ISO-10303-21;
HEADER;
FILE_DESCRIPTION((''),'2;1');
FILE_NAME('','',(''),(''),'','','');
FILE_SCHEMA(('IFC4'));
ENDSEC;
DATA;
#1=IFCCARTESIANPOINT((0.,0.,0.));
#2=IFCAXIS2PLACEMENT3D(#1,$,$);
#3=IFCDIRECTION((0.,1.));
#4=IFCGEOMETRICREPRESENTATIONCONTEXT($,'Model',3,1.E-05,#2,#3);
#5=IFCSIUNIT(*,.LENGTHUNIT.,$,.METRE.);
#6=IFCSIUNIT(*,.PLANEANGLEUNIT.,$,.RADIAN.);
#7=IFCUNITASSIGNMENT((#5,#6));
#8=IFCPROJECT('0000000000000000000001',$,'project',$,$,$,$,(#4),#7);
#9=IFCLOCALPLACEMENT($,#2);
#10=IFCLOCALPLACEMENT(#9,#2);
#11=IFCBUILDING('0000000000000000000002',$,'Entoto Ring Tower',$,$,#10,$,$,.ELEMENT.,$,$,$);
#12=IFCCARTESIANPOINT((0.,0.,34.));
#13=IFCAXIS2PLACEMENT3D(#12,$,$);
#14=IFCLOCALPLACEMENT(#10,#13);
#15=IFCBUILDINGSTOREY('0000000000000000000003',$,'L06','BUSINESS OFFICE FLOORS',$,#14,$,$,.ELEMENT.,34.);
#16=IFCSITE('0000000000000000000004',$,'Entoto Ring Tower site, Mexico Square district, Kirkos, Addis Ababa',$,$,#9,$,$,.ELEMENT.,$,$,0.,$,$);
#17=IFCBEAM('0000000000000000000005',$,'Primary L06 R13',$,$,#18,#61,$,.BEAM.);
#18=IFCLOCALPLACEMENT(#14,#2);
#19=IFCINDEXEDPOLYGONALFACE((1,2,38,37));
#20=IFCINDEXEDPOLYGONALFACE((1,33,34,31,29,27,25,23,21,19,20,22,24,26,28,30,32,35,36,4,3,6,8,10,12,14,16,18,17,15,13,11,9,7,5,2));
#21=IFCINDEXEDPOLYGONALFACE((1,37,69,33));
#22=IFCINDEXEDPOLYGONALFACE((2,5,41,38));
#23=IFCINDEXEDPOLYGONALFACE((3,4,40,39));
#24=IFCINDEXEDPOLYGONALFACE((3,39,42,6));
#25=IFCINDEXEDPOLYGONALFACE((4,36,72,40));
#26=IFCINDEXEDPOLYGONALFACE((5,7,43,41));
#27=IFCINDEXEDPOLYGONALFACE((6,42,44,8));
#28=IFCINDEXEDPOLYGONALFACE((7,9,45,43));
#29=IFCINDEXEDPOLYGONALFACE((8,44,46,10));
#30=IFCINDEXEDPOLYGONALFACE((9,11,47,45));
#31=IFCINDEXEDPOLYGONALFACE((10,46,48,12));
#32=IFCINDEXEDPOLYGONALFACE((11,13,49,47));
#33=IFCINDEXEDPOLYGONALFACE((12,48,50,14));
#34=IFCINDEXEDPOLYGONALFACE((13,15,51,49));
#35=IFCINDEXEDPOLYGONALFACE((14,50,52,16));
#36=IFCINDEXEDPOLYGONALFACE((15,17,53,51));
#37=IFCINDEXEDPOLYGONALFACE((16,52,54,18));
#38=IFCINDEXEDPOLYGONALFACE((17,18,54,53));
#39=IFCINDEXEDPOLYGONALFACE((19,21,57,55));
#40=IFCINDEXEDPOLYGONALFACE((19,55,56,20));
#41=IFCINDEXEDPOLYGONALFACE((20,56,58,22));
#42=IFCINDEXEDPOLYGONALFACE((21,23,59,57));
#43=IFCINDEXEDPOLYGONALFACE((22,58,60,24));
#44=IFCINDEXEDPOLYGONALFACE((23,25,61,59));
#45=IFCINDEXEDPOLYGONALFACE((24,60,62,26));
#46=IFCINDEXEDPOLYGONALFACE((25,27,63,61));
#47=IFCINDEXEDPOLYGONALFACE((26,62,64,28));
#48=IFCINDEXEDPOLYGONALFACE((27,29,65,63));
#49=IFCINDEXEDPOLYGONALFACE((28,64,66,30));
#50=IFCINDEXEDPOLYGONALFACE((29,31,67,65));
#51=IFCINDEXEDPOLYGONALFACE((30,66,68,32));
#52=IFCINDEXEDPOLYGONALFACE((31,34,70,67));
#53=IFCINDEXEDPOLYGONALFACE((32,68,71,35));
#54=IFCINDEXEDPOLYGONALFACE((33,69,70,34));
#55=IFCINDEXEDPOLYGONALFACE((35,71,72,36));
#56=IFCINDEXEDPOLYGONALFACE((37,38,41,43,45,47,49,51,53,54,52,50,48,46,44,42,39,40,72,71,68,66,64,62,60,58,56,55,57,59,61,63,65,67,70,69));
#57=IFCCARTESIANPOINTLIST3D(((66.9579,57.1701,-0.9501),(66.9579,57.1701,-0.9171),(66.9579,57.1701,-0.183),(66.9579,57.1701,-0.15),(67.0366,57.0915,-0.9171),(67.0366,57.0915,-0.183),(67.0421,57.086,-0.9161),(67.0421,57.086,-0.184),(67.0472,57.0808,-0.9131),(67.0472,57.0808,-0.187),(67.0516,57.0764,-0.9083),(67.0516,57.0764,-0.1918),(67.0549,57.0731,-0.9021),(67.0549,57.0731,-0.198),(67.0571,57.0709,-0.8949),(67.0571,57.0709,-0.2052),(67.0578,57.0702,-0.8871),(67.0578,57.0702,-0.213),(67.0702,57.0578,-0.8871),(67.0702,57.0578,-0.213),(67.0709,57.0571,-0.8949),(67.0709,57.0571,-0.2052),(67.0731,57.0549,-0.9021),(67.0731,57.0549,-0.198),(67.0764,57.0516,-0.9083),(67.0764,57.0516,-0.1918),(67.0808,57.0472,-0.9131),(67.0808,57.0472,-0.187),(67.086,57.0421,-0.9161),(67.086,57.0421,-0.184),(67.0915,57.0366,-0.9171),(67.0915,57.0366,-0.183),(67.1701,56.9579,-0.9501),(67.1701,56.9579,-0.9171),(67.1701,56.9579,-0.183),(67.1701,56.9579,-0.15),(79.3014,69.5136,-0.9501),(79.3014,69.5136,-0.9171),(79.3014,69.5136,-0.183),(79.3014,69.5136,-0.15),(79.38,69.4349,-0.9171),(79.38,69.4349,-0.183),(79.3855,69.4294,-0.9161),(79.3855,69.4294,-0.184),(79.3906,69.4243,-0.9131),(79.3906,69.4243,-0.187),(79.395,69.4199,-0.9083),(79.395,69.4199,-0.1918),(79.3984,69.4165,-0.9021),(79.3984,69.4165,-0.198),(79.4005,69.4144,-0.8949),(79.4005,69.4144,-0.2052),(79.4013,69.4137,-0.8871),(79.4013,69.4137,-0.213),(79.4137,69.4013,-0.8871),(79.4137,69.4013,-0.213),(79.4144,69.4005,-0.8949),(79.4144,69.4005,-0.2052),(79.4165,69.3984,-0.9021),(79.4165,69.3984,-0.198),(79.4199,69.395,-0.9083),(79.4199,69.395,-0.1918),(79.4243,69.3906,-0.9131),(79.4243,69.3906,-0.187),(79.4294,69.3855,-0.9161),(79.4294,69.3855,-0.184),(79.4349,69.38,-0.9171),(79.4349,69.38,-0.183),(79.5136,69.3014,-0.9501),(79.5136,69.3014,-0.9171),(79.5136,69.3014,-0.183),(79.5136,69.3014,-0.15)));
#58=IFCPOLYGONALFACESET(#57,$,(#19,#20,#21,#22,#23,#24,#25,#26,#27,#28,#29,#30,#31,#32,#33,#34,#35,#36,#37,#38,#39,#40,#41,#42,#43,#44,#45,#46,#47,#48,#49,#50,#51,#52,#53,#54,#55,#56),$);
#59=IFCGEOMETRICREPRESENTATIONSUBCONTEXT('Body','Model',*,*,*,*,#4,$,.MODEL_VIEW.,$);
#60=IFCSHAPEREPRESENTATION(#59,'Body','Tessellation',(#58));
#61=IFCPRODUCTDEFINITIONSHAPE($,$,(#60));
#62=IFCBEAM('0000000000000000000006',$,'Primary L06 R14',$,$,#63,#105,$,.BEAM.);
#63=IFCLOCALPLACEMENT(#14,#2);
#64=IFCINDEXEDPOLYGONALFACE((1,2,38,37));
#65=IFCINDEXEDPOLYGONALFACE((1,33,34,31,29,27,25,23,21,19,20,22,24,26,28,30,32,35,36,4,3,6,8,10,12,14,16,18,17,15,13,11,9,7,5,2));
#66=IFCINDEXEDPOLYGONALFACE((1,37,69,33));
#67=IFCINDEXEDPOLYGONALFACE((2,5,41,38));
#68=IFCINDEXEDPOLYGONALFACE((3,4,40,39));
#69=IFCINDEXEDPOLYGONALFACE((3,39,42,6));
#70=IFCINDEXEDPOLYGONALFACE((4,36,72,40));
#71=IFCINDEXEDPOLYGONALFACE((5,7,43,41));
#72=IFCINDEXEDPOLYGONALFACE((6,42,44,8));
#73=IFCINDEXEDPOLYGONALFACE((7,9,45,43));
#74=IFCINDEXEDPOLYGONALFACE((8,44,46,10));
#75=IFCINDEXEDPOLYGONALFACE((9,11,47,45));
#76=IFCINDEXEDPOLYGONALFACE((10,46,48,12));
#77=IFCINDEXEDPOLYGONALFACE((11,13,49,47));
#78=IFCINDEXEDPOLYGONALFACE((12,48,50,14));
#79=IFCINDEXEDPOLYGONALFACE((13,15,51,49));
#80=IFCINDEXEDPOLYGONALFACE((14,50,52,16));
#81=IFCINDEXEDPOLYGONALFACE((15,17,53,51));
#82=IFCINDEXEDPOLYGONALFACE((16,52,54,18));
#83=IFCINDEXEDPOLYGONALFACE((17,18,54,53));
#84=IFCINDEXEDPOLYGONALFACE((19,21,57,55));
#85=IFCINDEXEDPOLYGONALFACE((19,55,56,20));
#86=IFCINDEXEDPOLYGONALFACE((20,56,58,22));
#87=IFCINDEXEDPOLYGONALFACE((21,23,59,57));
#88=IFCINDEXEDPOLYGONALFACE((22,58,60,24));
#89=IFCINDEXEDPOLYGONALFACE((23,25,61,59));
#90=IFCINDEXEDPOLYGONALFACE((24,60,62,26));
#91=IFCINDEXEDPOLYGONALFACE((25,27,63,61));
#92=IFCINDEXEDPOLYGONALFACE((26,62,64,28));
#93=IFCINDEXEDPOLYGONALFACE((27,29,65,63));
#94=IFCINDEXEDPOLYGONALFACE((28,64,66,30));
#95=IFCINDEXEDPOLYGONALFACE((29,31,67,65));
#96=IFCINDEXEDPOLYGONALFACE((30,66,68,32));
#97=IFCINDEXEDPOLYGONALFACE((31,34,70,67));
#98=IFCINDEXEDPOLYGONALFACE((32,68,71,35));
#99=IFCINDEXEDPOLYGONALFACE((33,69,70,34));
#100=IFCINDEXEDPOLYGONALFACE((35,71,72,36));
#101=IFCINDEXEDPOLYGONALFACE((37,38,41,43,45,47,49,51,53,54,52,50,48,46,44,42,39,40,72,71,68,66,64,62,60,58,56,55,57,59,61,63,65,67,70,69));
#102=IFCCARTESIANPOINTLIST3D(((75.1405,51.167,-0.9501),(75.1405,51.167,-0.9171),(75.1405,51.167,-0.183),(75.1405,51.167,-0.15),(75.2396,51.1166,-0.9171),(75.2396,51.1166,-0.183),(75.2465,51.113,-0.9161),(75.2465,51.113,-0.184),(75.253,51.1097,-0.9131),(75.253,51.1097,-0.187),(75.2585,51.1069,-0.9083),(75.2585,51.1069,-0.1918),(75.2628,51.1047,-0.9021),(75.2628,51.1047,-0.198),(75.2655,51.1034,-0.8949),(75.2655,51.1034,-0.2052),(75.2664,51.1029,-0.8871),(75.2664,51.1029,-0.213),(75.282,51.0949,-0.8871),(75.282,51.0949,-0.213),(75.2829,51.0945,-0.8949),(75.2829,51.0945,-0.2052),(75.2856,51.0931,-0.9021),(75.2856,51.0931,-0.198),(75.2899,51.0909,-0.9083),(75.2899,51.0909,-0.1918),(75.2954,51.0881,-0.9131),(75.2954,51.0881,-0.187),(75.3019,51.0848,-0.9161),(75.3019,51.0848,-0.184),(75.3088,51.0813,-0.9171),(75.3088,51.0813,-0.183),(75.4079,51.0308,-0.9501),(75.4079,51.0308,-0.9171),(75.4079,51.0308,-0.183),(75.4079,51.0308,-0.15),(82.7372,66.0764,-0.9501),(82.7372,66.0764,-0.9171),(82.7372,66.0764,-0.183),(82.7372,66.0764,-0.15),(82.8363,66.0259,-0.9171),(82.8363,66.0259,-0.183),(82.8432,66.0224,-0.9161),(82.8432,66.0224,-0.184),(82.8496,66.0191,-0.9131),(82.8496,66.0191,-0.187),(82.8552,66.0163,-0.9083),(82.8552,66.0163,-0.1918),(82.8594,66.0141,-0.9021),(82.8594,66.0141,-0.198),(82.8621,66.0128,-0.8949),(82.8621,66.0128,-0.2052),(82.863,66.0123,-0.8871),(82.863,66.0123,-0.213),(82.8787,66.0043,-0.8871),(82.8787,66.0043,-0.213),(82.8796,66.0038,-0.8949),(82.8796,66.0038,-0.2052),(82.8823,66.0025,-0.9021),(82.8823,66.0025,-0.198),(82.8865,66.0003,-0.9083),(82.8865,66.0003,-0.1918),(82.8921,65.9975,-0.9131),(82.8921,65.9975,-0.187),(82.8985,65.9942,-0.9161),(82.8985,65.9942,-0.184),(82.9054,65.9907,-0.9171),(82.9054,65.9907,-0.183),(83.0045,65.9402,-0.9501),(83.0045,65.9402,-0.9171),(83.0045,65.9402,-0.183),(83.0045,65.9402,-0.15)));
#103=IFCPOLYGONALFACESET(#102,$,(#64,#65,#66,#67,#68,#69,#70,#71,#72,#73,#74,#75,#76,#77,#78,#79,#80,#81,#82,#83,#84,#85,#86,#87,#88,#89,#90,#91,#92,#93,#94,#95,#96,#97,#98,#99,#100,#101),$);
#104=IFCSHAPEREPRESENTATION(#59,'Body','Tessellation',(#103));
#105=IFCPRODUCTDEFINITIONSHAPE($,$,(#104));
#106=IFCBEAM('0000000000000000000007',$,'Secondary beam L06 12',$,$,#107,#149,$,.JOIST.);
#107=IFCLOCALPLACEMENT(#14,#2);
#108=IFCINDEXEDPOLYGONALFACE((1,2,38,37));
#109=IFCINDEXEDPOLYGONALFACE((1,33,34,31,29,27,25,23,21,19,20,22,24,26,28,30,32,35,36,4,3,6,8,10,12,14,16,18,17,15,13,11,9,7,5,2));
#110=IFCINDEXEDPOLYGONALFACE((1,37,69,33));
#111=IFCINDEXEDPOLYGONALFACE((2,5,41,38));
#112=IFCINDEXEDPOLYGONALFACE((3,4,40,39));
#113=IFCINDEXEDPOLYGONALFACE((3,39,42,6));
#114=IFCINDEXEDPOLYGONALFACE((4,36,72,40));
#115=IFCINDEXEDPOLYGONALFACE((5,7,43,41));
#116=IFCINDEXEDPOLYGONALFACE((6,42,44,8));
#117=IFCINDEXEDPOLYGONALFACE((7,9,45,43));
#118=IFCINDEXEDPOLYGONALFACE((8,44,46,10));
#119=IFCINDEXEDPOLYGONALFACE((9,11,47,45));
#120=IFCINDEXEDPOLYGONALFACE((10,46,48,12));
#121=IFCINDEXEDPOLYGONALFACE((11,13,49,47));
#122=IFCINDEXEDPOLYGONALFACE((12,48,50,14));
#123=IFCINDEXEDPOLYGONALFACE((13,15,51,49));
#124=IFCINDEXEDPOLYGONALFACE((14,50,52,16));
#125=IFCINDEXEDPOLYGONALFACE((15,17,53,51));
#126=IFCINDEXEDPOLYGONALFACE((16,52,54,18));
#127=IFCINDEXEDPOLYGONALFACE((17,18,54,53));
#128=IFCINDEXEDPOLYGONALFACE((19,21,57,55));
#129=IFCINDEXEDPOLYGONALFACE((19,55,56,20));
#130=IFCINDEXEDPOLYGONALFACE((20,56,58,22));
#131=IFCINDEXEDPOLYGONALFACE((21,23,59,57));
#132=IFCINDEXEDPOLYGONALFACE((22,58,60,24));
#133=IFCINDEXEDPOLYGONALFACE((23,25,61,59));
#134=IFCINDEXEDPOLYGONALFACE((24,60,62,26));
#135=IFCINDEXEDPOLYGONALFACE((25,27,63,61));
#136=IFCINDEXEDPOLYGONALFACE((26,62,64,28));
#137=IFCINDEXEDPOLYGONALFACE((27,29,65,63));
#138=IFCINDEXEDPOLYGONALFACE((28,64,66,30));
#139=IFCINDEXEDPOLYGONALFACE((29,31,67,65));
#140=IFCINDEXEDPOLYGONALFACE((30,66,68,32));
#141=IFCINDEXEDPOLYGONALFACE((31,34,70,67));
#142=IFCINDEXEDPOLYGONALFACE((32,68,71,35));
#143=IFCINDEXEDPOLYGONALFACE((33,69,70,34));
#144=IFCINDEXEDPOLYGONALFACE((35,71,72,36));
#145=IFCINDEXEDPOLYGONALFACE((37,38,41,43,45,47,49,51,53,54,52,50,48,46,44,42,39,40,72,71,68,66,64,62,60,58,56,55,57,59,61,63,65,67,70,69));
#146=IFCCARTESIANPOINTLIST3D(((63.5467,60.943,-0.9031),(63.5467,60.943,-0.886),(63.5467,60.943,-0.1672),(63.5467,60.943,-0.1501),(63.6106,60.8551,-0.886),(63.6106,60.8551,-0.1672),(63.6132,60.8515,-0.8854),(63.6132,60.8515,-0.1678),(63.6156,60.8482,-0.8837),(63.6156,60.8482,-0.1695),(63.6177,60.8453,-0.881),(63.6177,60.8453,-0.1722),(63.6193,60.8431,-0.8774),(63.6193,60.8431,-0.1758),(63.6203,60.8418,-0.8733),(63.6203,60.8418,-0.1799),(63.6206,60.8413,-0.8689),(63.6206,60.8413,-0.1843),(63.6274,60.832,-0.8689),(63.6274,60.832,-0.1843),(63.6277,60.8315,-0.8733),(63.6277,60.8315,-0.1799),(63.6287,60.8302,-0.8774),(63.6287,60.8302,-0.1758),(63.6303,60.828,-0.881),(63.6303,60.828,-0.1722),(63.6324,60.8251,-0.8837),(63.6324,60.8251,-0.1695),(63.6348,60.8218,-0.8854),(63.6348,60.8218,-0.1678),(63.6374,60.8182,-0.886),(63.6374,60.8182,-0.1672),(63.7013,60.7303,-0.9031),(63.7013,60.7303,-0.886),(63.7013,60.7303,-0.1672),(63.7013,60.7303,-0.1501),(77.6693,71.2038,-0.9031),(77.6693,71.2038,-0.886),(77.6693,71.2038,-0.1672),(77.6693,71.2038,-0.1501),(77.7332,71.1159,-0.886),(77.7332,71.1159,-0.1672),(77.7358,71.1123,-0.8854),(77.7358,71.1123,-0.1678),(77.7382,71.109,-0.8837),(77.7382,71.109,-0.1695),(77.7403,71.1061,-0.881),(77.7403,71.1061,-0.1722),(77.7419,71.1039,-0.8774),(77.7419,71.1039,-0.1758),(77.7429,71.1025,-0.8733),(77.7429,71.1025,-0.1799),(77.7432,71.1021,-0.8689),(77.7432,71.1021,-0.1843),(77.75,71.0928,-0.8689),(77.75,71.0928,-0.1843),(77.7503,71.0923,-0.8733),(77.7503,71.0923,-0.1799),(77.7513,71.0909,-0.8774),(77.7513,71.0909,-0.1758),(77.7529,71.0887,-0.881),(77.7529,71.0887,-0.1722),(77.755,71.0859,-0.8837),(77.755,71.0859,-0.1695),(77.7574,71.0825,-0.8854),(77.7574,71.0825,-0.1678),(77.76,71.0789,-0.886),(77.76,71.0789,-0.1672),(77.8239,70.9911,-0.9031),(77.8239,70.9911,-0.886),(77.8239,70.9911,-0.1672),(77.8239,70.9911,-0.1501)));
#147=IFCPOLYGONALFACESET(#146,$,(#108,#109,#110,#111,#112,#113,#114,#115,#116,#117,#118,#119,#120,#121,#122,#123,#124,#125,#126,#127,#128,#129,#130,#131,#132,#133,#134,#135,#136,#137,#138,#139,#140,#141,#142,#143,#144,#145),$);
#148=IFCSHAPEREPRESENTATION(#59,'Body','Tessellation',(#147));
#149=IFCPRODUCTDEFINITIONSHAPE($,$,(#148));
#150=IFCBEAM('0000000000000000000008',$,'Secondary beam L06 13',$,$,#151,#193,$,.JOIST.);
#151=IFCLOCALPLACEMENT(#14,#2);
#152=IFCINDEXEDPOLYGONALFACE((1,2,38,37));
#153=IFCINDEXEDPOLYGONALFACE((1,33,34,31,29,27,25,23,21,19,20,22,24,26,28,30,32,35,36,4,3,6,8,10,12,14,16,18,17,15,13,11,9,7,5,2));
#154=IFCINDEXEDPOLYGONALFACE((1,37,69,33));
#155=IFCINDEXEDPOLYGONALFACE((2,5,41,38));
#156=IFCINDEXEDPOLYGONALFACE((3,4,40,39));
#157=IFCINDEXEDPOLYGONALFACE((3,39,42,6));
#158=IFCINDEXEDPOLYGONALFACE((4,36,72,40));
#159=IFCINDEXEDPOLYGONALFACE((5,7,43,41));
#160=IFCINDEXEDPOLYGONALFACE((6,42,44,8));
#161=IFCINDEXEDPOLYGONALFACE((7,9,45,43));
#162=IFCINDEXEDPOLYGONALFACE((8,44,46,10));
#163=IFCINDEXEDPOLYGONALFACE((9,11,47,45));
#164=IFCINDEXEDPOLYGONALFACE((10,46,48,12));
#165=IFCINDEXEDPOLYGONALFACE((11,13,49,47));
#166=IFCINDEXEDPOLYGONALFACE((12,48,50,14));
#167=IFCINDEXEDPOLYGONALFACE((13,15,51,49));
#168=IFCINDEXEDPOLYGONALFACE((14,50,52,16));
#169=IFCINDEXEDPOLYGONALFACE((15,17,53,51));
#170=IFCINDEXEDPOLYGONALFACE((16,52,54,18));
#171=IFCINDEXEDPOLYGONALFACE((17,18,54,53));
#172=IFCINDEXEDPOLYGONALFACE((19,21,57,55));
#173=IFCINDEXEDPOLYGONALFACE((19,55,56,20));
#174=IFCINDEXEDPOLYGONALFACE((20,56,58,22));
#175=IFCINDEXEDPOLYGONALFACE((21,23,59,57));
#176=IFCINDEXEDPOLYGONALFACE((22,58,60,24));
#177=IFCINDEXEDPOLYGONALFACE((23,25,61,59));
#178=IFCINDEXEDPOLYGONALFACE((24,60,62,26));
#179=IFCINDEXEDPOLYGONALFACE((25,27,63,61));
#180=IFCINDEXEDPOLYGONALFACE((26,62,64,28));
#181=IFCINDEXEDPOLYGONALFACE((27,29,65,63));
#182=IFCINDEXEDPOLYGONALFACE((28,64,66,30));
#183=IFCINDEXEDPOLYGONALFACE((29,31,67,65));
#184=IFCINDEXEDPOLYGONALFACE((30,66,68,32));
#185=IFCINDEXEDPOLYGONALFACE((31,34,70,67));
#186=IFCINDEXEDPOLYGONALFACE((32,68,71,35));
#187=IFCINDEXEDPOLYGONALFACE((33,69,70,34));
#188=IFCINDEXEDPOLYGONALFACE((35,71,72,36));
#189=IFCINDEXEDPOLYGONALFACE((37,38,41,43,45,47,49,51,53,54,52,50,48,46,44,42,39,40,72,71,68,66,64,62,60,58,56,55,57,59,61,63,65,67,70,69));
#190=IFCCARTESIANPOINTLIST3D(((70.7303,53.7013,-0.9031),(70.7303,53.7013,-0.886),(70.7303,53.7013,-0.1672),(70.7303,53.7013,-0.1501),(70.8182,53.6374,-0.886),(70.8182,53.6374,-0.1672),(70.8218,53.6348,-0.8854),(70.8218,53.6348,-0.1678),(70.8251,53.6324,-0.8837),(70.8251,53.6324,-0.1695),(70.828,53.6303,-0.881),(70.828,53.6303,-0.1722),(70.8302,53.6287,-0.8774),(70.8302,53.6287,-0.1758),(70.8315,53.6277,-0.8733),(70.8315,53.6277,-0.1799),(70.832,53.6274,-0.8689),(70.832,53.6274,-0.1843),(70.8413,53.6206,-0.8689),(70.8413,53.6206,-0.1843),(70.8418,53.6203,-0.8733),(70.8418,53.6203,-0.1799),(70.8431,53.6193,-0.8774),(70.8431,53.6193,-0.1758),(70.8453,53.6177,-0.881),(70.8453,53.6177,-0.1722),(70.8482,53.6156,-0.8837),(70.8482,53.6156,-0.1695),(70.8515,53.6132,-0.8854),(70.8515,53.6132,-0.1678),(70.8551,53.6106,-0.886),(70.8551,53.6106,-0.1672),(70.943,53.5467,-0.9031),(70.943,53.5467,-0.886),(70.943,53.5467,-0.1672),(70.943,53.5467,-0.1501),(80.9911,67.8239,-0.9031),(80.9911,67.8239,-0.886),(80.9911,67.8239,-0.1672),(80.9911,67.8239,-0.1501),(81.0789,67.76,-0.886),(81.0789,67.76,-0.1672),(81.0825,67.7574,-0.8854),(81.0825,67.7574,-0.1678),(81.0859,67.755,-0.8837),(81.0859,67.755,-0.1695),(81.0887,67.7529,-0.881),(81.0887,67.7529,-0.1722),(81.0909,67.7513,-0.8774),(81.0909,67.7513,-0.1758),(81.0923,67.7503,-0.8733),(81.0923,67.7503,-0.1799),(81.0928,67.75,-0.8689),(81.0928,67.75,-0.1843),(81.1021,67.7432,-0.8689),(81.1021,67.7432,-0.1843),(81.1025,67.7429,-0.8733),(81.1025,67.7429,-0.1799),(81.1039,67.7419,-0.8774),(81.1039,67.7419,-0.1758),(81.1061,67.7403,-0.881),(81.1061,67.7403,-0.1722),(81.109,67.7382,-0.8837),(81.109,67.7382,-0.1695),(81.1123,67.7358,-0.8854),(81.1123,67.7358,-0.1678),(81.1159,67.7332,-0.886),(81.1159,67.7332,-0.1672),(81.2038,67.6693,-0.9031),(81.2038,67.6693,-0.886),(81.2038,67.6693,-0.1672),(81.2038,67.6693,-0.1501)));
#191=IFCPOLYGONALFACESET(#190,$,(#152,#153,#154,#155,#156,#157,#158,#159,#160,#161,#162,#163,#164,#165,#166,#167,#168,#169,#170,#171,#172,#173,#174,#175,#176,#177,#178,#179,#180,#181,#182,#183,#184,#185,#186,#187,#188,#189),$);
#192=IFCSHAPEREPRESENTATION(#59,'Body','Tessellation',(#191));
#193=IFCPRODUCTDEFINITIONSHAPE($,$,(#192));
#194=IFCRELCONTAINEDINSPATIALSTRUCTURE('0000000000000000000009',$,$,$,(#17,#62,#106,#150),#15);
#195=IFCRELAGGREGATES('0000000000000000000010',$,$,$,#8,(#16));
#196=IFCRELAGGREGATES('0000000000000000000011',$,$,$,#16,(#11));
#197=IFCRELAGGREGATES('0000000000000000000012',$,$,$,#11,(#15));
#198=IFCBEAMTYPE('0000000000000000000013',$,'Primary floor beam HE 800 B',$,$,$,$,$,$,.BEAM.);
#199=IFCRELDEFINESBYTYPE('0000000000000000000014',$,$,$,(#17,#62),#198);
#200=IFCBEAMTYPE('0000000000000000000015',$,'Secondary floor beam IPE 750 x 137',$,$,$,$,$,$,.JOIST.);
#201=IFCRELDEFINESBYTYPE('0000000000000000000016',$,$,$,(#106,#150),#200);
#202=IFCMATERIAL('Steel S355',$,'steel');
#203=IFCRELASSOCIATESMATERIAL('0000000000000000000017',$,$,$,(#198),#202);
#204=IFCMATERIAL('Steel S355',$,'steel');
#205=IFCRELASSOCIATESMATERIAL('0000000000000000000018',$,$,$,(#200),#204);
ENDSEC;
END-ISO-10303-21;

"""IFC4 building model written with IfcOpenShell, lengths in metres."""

from ifc_helpers import new_model, si_unit, direction, frame, origin, origin_2d, place, context, subcontext, project, spatial, i_section, extrude, material, material_profile, profile_set, type_object, element, save


model = new_model("IFC4")

# Units and contexts
model_context = context("Model", 3, precision=1e-05, world=origin(), true_north=direction((0.0, 1.0)))
body_context = subcontext(model_context, "Body", "Model", "MODEL_VIEW")
ifc_project = project(units=[si_unit("LENGTHUNIT", "METRE"), si_unit("PLANEANGLEUNIT", "RADIAN")], contexts=[model_context])

# Site, building, storey
site_placement = place(None, origin())
site = spatial("IfcSite", under=ifc_project, at=site_placement, Name="Entoto Ring Tower site, Mexico Square district, Kirkos, Addis Ababa", CompositionType="ELEMENT", RefElevation=0.0)
building_placement = place(site_placement, origin())
building = spatial("IfcBuilding", under=site, at=building_placement, Name="Entoto Ring Tower", CompositionType="ELEMENT")
storey_placement = place(building_placement, frame((0.0, 0.0, 34.0)))
storey = spatial("IfcBuildingStorey", under=building, at=storey_placement, Name="L06", Description="BUSINESS OFFICE FLOORS", CompositionType="ELEMENT", Elevation=34.0)

# Beams
ifc_material_1 = material(Name="Steel S355", Category="steel")
ifc_material_profile_1 = material_profile(ifc_material_1, i_section(OverallWidth=0.3, OverallDepth=0.8, WebThickness=0.0176, FlangeThickness=0.033, FilletRadius=0.03, at=origin_2d()), Name="HE 800 B")
ifc_profile_set_1 = profile_set([ifc_material_profile_1], Name="Steel S355")
beam_type_1 = type_object("IfcBeamType", Name="Primary floor beam HE 800 B", PredefinedType="BEAM", material=ifc_profile_set_1)
beam_1_placement = place(storey_placement, frame((79.4075, 69.4075, -0.55), z_axis=(-0.707107, -0.707107, 0.0), x_axis=(0.707107, -0.707107, 0.0)))
element("IfcBeam", 1, at=beam_1_placement, inside=storey, type_object=beam_type_1, Name="Primary L06 R13", PredefinedType="BEAM", context=body_context, shape_type="SweptSolid", body=[
    extrude(i_section(OverallWidth=0.3, OverallDepth=0.8, WebThickness=0.0176, FlangeThickness=0.033, FilletRadius=0.03, at=origin_2d()), origin(), (0.0, 0.0, 1.0), 17.4563),
])
beam_2_placement = place(storey_placement, frame((82.8708, 66.0083, -0.55), z_axis=(-0.453988, -0.891008, 0.0), x_axis=(0.891008, -0.453988, 0.0)))
element("IfcBeam", 2, at=beam_2_placement, inside=storey, type_object=beam_type_1, Name="Primary L06 R14", PredefinedType="BEAM", context=body_context, shape_type="SweptSolid", body=[
    extrude(i_section(OverallWidth=0.3, OverallDepth=0.8, WebThickness=0.0176, FlangeThickness=0.033, FilletRadius=0.03, at=origin_2d()), origin(), (0.0, 0.0, 1.0), 16.7332),
])
ifc_material_2 = material(Name="Steel S355", Category="steel")
ifc_material_profile_2 = material_profile(ifc_material_2, i_section(OverallWidth=0.2629, OverallDepth=0.7529, WebThickness=0.0115, FlangeThickness=0.0171, FilletRadius=0.0171, at=origin_2d()), Name="IPE 750 x 137")
ifc_profile_set_2 = profile_set([ifc_material_profile_2], Name="Steel S355")
beam_type_2 = type_object("IfcBeamType", Name="Secondary floor beam IPE 750 x 137", PredefinedType="JOIST", material=ifc_profile_set_2)
for number, where, z_axis, x_axis, name in (
    (3, (77.7466, 71.0974, -0.5266), (-0.809014, -0.587789, 0.0), (0.587789, -0.809014, 0.0), "Secondary beam L06 12"),
    (4, (81.0974, 67.7466, -0.5266), (-0.587789, -0.809014, 0.0), (0.809014, -0.587789, 0.0), "Secondary beam L06 13"),
):
    element("IfcBeam", number, at=place(storey_placement, frame(where, z_axis=z_axis, x_axis=x_axis)), inside=storey, type_object=beam_type_2, Name=name, PredefinedType="JOIST", context=body_context, shape_type="SweptSolid", body=[
        extrude(i_section(OverallWidth=0.2629, OverallDepth=0.7529, WebThickness=0.0115, FlangeThickness=0.0171, FilletRadius=0.0171, at=origin_2d()), origin(), (0.0, 0.0, 1.0), 17.4565),
    ])

save(model, "model.ifc")
